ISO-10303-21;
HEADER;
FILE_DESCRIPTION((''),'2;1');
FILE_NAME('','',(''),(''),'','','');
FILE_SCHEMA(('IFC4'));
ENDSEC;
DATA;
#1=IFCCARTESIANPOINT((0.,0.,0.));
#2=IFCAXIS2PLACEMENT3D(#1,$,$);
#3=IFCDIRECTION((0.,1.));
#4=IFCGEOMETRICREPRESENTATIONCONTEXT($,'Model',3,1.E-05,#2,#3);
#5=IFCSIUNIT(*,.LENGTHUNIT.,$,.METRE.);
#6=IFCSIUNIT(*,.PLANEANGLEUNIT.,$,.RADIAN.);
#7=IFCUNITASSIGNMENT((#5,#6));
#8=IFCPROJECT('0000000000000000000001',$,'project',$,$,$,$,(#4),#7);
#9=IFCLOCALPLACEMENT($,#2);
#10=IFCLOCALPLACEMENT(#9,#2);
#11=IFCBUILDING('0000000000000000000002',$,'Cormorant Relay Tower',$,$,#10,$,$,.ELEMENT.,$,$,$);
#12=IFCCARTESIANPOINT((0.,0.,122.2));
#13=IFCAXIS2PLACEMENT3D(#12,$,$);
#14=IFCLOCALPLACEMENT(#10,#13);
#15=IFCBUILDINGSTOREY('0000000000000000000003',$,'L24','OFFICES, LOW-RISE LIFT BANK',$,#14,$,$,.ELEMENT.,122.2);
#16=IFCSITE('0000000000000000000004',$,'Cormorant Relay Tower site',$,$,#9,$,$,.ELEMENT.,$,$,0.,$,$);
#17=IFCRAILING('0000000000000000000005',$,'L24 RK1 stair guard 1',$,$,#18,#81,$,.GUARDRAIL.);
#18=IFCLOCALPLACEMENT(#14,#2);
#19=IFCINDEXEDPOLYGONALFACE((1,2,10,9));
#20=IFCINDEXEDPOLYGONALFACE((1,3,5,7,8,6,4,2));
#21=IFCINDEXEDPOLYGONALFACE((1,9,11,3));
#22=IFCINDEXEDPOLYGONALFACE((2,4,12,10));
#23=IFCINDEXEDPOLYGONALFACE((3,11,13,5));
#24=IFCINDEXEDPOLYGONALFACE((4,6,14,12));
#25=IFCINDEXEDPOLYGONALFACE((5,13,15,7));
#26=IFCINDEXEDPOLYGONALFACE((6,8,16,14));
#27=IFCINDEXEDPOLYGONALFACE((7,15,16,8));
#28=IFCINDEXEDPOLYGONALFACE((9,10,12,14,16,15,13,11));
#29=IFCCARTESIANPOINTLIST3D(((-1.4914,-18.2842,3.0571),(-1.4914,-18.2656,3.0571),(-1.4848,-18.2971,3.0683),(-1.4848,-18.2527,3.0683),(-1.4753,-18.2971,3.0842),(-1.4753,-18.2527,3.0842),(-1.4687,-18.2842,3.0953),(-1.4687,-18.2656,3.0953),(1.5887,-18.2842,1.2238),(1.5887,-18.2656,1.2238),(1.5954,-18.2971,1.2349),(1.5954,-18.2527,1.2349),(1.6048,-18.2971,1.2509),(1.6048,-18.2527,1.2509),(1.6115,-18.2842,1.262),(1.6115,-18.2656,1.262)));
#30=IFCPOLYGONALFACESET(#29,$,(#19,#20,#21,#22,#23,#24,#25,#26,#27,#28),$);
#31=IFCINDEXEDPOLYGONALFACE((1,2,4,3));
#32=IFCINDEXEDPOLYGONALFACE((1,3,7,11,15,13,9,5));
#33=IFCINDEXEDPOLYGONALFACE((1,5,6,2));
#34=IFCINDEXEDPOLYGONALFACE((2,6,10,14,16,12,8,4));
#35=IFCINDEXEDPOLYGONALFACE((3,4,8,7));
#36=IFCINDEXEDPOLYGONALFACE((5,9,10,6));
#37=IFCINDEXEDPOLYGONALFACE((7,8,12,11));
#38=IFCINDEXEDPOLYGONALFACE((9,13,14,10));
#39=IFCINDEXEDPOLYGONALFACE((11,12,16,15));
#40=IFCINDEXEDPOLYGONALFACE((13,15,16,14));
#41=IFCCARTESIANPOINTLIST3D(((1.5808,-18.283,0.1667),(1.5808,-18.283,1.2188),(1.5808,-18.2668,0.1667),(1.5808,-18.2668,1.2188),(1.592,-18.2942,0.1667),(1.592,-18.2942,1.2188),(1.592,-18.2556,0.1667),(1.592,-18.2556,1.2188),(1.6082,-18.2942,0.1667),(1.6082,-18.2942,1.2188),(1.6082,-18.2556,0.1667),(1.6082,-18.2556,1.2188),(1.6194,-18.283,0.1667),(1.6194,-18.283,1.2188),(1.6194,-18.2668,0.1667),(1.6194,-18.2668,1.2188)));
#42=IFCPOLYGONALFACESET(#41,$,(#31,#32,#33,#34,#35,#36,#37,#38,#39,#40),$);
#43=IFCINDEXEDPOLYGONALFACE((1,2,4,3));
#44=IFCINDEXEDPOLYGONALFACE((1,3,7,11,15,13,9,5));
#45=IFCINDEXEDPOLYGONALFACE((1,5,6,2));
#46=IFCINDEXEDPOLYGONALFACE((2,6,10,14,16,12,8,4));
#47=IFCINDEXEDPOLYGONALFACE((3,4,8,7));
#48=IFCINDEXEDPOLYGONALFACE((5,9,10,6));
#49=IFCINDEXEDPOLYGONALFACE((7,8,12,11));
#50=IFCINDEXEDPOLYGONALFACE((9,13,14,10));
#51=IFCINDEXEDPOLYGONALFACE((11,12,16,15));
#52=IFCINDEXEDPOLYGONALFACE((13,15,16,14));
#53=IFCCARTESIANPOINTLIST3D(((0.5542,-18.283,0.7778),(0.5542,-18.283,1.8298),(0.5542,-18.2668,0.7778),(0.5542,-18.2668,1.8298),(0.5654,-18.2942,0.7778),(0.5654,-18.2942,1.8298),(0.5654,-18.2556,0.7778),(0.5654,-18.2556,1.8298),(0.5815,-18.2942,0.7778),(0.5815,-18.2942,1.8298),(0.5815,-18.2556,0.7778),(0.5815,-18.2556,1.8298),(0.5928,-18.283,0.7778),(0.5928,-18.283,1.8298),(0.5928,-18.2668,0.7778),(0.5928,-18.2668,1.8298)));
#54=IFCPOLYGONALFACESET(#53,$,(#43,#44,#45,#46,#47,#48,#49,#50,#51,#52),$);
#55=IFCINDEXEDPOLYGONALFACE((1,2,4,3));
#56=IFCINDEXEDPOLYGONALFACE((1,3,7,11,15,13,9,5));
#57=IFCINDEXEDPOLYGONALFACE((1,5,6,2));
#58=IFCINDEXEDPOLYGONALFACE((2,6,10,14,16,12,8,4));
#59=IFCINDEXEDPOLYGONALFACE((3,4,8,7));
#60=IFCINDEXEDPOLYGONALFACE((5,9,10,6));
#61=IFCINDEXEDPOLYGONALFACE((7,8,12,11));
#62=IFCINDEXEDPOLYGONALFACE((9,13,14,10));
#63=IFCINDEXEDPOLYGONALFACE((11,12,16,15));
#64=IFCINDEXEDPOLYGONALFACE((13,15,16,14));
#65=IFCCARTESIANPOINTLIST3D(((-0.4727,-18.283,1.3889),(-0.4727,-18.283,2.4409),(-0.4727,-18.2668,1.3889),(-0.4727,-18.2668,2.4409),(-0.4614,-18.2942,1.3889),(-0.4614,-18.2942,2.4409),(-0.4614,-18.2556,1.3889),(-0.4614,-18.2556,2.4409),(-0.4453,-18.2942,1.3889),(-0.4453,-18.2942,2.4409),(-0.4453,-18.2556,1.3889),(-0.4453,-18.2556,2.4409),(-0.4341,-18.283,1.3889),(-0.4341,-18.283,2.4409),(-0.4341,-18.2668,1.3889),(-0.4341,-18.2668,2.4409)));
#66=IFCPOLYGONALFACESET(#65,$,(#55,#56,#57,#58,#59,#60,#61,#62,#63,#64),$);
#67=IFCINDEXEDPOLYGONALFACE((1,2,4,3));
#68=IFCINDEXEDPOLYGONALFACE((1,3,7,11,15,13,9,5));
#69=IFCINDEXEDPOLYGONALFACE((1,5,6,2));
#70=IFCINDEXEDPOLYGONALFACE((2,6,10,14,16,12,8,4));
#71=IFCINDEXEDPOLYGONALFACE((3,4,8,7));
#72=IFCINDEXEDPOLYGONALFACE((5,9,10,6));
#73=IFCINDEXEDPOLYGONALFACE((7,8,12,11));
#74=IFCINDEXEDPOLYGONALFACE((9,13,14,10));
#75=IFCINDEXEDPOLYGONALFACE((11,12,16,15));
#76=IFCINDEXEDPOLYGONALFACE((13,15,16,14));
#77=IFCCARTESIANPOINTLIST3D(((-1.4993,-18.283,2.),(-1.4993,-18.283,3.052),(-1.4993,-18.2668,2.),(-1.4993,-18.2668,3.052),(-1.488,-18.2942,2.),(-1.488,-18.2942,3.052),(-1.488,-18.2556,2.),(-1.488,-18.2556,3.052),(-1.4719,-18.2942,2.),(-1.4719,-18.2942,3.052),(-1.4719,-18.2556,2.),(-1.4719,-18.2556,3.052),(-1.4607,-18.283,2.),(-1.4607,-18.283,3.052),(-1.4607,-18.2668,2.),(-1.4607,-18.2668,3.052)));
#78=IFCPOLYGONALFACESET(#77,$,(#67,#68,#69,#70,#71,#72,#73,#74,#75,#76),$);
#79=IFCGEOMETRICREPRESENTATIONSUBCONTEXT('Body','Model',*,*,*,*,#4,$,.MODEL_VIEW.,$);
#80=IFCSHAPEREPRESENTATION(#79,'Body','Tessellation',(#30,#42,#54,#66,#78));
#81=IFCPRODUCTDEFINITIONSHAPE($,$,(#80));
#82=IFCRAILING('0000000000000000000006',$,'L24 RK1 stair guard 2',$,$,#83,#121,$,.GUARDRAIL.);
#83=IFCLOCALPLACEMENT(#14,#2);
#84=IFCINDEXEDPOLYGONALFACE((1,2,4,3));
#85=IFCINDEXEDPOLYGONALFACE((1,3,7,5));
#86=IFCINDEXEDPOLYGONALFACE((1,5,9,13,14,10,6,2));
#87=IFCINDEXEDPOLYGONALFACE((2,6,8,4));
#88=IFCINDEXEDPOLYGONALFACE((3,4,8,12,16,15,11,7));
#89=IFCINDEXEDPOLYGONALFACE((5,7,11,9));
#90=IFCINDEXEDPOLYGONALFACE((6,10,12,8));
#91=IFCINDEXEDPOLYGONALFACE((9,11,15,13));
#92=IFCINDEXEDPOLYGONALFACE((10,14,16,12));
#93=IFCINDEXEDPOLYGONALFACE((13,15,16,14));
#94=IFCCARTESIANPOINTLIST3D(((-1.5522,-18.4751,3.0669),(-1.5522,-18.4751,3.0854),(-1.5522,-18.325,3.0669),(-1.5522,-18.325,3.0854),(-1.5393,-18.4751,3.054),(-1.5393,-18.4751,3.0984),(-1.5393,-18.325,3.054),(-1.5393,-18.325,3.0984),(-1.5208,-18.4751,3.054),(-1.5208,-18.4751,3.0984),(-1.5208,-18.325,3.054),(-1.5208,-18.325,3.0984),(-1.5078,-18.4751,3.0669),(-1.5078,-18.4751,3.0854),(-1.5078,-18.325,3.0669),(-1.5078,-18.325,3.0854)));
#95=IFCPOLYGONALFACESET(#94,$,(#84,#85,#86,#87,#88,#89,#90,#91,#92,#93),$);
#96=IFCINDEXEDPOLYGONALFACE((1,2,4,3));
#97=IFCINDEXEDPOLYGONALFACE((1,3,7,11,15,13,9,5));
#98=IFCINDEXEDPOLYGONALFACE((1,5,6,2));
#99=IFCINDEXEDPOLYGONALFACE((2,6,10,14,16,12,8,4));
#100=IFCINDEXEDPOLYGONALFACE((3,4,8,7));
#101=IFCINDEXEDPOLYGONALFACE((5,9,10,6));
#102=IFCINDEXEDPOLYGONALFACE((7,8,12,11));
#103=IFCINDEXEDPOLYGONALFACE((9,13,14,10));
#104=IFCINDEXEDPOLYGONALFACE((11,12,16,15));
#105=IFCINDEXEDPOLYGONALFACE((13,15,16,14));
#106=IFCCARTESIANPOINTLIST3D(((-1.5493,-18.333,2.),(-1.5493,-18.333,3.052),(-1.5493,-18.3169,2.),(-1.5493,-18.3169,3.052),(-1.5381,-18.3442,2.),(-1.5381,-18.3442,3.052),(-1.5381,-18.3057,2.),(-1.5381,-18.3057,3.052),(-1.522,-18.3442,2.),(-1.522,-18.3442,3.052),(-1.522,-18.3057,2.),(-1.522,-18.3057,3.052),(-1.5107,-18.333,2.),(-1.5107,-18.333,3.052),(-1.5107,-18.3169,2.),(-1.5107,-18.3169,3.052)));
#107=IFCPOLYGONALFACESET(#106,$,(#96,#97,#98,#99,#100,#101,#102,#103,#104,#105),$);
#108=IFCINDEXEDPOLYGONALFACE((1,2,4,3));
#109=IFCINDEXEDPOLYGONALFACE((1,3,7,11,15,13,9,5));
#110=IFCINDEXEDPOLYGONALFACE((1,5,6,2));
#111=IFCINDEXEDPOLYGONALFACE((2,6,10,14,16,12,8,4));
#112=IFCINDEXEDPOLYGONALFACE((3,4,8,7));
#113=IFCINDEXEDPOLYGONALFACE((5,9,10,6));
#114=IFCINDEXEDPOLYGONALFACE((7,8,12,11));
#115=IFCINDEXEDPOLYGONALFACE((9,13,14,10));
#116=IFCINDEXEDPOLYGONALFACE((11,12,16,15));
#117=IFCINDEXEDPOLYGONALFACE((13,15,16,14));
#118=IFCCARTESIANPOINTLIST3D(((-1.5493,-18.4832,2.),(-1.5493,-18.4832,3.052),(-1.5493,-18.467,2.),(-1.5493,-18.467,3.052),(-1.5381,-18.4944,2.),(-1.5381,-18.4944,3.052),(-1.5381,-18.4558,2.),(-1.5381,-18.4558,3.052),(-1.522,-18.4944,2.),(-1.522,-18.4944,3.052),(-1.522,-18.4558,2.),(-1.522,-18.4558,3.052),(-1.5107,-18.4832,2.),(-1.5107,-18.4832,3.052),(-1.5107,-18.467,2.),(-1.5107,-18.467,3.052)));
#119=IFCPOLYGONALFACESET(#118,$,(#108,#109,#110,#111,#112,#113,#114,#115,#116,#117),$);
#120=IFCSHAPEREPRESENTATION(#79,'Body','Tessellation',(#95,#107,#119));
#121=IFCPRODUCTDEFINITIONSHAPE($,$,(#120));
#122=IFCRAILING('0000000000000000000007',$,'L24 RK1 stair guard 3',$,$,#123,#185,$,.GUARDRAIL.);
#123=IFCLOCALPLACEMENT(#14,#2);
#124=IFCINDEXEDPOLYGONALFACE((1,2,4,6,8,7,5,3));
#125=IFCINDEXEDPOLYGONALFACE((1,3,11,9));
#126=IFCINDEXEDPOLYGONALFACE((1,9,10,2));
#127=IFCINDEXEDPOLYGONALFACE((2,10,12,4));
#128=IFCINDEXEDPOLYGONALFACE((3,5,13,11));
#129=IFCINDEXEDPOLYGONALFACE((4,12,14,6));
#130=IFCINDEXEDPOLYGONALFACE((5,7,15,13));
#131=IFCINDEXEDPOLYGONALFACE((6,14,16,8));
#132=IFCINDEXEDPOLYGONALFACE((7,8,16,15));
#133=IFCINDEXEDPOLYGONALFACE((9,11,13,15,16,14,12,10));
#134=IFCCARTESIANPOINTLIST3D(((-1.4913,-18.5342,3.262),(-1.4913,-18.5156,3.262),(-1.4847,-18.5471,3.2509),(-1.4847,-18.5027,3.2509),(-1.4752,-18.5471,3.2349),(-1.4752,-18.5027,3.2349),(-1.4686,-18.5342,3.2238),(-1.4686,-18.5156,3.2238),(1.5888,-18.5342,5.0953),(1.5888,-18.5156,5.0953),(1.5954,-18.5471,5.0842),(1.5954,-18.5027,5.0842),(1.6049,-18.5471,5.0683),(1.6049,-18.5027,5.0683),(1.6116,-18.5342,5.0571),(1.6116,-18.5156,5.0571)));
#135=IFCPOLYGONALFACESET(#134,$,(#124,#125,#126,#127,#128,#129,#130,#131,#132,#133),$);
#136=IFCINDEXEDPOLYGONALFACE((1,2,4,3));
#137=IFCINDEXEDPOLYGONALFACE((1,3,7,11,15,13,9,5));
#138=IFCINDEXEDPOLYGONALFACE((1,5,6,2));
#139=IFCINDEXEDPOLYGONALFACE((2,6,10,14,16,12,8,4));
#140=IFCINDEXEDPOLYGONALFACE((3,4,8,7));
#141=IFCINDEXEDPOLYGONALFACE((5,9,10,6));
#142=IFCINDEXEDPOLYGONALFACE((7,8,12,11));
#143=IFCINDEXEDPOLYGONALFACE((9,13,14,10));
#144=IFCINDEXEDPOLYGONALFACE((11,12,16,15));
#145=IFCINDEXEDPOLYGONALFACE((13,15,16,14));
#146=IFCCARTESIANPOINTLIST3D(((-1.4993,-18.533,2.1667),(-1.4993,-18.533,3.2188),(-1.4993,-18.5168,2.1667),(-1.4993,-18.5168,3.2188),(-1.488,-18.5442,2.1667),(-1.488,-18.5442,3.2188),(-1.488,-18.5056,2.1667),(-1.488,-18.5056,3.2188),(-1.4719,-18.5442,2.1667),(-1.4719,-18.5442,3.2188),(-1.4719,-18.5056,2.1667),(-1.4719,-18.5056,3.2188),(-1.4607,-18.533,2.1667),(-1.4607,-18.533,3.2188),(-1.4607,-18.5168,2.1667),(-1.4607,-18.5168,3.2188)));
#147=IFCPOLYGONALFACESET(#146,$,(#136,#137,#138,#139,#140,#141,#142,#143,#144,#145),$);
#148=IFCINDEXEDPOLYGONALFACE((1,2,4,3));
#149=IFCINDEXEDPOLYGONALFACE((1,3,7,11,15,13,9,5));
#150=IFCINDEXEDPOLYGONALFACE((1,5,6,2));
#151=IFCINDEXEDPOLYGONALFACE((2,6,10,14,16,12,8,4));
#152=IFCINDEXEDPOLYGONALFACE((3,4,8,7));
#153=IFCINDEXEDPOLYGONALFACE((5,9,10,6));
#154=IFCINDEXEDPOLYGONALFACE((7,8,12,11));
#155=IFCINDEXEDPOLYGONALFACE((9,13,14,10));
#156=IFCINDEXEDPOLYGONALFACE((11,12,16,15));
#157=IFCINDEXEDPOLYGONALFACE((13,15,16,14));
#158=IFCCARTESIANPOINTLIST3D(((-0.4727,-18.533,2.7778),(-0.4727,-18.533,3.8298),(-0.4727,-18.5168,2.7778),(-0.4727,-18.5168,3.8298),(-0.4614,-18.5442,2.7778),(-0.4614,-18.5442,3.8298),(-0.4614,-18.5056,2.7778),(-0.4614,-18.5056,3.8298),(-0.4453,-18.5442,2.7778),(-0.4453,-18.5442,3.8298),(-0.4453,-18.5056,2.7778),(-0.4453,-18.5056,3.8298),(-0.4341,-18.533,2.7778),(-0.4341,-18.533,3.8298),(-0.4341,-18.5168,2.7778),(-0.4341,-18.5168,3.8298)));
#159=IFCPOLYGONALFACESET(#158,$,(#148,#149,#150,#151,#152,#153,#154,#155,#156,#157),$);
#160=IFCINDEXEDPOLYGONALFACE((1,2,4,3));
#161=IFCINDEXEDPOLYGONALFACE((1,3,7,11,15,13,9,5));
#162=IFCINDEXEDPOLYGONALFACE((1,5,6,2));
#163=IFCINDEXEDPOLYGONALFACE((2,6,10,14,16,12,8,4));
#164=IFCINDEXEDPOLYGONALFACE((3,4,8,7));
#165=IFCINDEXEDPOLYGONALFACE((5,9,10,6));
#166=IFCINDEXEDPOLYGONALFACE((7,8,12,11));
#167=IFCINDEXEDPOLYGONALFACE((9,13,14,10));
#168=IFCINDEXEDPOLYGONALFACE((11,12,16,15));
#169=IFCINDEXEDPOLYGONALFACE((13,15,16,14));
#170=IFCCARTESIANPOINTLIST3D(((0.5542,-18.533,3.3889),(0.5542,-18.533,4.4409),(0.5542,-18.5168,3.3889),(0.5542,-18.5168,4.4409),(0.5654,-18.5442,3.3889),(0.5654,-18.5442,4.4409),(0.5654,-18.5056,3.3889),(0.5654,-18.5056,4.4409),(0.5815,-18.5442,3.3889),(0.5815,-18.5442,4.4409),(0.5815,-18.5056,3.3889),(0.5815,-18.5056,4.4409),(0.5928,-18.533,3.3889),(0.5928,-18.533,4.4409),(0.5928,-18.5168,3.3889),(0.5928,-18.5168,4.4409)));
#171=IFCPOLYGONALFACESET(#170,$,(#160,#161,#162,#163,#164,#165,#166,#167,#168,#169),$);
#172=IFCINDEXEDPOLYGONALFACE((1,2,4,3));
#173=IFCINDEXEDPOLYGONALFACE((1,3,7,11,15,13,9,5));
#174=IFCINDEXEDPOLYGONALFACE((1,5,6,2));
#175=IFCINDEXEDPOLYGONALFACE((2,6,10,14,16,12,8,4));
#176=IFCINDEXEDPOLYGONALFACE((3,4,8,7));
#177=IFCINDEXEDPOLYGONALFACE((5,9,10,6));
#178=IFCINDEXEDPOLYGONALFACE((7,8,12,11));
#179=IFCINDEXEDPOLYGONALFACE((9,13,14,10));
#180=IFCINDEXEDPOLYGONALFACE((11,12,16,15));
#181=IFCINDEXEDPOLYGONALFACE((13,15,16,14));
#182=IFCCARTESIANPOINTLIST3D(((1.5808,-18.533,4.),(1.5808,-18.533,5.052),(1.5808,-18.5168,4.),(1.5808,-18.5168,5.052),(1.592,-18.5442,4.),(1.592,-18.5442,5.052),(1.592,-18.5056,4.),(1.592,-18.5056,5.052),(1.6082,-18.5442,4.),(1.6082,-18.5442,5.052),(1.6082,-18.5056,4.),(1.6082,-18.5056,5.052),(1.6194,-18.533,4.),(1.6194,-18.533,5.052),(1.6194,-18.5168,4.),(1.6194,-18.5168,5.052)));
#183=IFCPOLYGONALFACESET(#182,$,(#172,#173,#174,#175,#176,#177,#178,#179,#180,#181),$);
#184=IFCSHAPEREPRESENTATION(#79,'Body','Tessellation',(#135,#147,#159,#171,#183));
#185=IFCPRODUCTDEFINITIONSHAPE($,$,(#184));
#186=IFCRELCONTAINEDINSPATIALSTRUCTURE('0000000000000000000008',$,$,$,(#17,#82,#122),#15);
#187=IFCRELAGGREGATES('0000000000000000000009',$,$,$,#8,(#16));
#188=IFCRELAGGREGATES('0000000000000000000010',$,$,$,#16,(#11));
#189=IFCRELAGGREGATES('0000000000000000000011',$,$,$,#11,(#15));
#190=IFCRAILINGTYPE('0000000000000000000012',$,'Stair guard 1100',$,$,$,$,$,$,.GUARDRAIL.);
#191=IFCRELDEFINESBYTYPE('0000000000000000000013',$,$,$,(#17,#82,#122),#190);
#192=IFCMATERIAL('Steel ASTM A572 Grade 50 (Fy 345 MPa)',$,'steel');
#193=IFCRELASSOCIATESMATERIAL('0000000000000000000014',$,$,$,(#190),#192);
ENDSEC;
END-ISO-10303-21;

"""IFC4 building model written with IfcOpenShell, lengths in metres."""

from ifc_helpers import new_model, si_unit, direction, frame, origin, place, context, subcontext, project, spatial, polyline, outline, extrude, material, type_object, element, save


model = new_model("IFC4")

# Units and contexts
model_context = context("Model", 3, precision=1e-05, world=origin(), true_north=direction((0.0, 1.0)))
body_context = subcontext(model_context, "Body", "Model", "MODEL_VIEW")
ifc_project = project(units=[si_unit("LENGTHUNIT", "METRE"), si_unit("PLANEANGLEUNIT", "RADIAN")], contexts=[model_context])

# Site, building, storey
site_placement = place(None, origin())
site = spatial("IfcSite", under=ifc_project, at=site_placement, Name="Cormorant Relay Tower site", CompositionType="ELEMENT", RefElevation=0.0)
building_placement = place(site_placement, origin())
building = spatial("IfcBuilding", under=site, at=building_placement, Name="Cormorant Relay Tower", CompositionType="ELEMENT")
storey_placement = place(building_placement, frame((0.0, 0.0, 122.2)))
storey = spatial("IfcBuildingStorey", under=building, at=storey_placement, Name="L24", Description="OFFICES, LOW-RISE LIFT BANK", CompositionType="ELEMENT", Elevation=122.2)

# Railings
ifc_material_1 = material(Name="Steel ASTM A572 Grade 50 (Fy 345 MPa)", Category="steel")
railing_type_1 = type_object("IfcRailingType", Name="Stair guard 1100", PredefinedType="GUARDRAIL", material=ifc_material_1)
railing_1_placement = place(storey_placement, frame((1.6001, -18.2749, 0.1667)))
element("IfcRailing", 1, at=railing_1_placement, inside=storey, type_object=railing_type_1, Name="L24 RK1 stair guard 1", PredefinedType="GUARDRAIL", context=body_context, shape_type="SweptSolid", body=[
    extrude(outline(polyline([(0.0222, 0.0093), (0.0093, 0.0222), (-0.0093, 0.0222), (-0.0222, 0.0093), (-0.0222, -0.0093), (-0.0093, -0.0222), (0.0093, -0.0222), (0.0222, -0.0093), (0.0222, 0.0093)])), frame((0.0, 0.0, 1.0762), z_axis=(-0.859309, 0.0, 0.511458), x_axis=(0.0, -1.0, 0.0)), (0.0, 0.0, 1.0), 3.5845),
    extrude(outline(polyline([(0.0193, 0.0081), (0.0081, 0.0193), (-0.0081, 0.0193), (-0.0193, 0.0081), (-0.0193, -0.0081), (-0.0081, -0.0193), (0.0081, -0.0193), (0.0193, -0.0081), (0.0193, 0.0081)])), origin(), (0.0, 0.0, 1.0), 1.052),
    extrude(outline(polyline([(0.0193, 0.0081), (0.0081, 0.0193), (-0.0081, 0.0193), (-0.0193, 0.0081), (-0.0193, -0.0081), (-0.0081, -0.0193), (0.0081, -0.0193), (0.0193, -0.0081), (0.0193, 0.0081)])), frame((-1.0266, 0.0, 0.6111)), (0.0, 0.0, 1.0), 1.052),
    extrude(outline(polyline([(0.0193, 0.0081), (0.0081, 0.0193), (-0.0081, 0.0193), (-0.0193, 0.0081), (-0.0193, -0.0081), (-0.0081, -0.0193), (0.0081, -0.0193), (0.0193, -0.0081), (0.0193, 0.0081)])), frame((-2.0535, 0.0, 1.2222)), (0.0, 0.0, 1.0), 1.052),
    extrude(outline(polyline([(0.0193, 0.0081), (0.0081, 0.0193), (-0.0081, 0.0193), (-0.0193, 0.0081), (-0.0193, -0.0081), (-0.0081, -0.0193), (0.0081, -0.0193), (0.0193, -0.0081), (0.0193, 0.0081)])), frame((-3.0801, 0.0, 1.8333)), (0.0, 0.0, 1.0), 1.052),
])
railing_2_placement = place(storey_placement, frame((-1.53, -18.325, 2.0)))
element("IfcRailing", 2, at=railing_2_placement, inside=storey, type_object=railing_type_1, Name="L24 RK1 stair guard 2", PredefinedType="GUARDRAIL", context=body_context, shape_type="SweptSolid", body=[
    extrude(outline(polyline([(0.0222, 0.0093), (0.0093, 0.0222), (-0.0093, 0.0222), (-0.0222, 0.0093), (-0.0222, -0.0093), (-0.0093, -0.0222), (0.0093, -0.0222), (0.0222, -0.0093), (0.0222, 0.0093)])), frame((0.0, 0.0, 1.0762), z_axis=(0.0, -1.0, 0.0), x_axis=(1.0, 0.0, 0.0)), (0.0, 0.0, 1.0), 0.1501),
    extrude(outline(polyline([(0.0193, 0.0081), (0.0081, 0.0193), (-0.0081, 0.0193), (-0.0193, 0.0081), (-0.0193, -0.0081), (-0.0081, -0.0193), (0.0081, -0.0193), (0.0193, -0.0081), (0.0193, 0.0081)])), origin(), (0.0, 0.0, 1.0), 1.052),
    extrude(outline(polyline([(0.0193, 0.0081), (0.0081, 0.0193), (-0.0081, 0.0193), (-0.0193, 0.0081), (-0.0193, -0.0081), (-0.0081, -0.0193), (0.0081, -0.0193), (0.0193, -0.0081), (0.0193, 0.0081)])), frame((0.0, -0.1501, 0.0)), (0.0, 0.0, 1.0), 1.052),
])
railing_3_placement = place(storey_placement, frame((-1.48, -18.5249, 2.1667)))
element("IfcRailing", 3, at=railing_3_placement, inside=storey, type_object=railing_type_1, Name="L24 RK1 stair guard 3", PredefinedType="GUARDRAIL", context=body_context, shape_type="SweptSolid", body=[
    extrude(outline(polyline([(0.0222, 0.0093), (0.0093, 0.0222), (-0.0093, 0.0222), (-0.0222, 0.0093), (-0.0222, -0.0093), (-0.0093, -0.0222), (0.0093, -0.0222), (0.0222, -0.0093), (0.0222, 0.0093)])), frame((0.0, 0.0, 1.0762), z_axis=(0.859309, 0.0, 0.511458), x_axis=(0.0, 1.0, 0.0)), (0.0, 0.0, 1.0), 3.5845),
    extrude(outline(polyline([(0.0193, 0.0081), (0.0081, 0.0193), (-0.0081, 0.0193), (-0.0193, 0.0081), (-0.0193, -0.0081), (-0.0081, -0.0193), (0.0081, -0.0193), (0.0193, -0.0081), (0.0193, 0.0081)])), origin(), (0.0, 0.0, 1.0), 1.052),
    extrude(outline(polyline([(0.0193, 0.0081), (0.0081, 0.0193), (-0.0081, 0.0193), (-0.0193, 0.0081), (-0.0193, -0.0081), (-0.0081, -0.0193), (0.0081, -0.0193), (0.0193, -0.0081), (0.0193, 0.0081)])), frame((1.0266, 0.0, 0.6111)), (0.0, 0.0, 1.0), 1.052),
    extrude(outline(polyline([(0.0193, 0.0081), (0.0081, 0.0193), (-0.0081, 0.0193), (-0.0193, 0.0081), (-0.0193, -0.0081), (-0.0081, -0.0193), (0.0081, -0.0193), (0.0193, -0.0081), (0.0193, 0.0081)])), frame((2.0535, 0.0, 1.2222)), (0.0, 0.0, 1.0), 1.052),
    extrude(outline(polyline([(0.0193, 0.0081), (0.0081, 0.0193), (-0.0081, 0.0193), (-0.0193, 0.0081), (-0.0193, -0.0081), (-0.0081, -0.0193), (0.0081, -0.0193), (0.0193, -0.0081), (0.0193, 0.0081)])), frame((3.0801, 0.0, 1.8333)), (0.0, 0.0, 1.0), 1.052),
])

save(model, "model.ifc")
